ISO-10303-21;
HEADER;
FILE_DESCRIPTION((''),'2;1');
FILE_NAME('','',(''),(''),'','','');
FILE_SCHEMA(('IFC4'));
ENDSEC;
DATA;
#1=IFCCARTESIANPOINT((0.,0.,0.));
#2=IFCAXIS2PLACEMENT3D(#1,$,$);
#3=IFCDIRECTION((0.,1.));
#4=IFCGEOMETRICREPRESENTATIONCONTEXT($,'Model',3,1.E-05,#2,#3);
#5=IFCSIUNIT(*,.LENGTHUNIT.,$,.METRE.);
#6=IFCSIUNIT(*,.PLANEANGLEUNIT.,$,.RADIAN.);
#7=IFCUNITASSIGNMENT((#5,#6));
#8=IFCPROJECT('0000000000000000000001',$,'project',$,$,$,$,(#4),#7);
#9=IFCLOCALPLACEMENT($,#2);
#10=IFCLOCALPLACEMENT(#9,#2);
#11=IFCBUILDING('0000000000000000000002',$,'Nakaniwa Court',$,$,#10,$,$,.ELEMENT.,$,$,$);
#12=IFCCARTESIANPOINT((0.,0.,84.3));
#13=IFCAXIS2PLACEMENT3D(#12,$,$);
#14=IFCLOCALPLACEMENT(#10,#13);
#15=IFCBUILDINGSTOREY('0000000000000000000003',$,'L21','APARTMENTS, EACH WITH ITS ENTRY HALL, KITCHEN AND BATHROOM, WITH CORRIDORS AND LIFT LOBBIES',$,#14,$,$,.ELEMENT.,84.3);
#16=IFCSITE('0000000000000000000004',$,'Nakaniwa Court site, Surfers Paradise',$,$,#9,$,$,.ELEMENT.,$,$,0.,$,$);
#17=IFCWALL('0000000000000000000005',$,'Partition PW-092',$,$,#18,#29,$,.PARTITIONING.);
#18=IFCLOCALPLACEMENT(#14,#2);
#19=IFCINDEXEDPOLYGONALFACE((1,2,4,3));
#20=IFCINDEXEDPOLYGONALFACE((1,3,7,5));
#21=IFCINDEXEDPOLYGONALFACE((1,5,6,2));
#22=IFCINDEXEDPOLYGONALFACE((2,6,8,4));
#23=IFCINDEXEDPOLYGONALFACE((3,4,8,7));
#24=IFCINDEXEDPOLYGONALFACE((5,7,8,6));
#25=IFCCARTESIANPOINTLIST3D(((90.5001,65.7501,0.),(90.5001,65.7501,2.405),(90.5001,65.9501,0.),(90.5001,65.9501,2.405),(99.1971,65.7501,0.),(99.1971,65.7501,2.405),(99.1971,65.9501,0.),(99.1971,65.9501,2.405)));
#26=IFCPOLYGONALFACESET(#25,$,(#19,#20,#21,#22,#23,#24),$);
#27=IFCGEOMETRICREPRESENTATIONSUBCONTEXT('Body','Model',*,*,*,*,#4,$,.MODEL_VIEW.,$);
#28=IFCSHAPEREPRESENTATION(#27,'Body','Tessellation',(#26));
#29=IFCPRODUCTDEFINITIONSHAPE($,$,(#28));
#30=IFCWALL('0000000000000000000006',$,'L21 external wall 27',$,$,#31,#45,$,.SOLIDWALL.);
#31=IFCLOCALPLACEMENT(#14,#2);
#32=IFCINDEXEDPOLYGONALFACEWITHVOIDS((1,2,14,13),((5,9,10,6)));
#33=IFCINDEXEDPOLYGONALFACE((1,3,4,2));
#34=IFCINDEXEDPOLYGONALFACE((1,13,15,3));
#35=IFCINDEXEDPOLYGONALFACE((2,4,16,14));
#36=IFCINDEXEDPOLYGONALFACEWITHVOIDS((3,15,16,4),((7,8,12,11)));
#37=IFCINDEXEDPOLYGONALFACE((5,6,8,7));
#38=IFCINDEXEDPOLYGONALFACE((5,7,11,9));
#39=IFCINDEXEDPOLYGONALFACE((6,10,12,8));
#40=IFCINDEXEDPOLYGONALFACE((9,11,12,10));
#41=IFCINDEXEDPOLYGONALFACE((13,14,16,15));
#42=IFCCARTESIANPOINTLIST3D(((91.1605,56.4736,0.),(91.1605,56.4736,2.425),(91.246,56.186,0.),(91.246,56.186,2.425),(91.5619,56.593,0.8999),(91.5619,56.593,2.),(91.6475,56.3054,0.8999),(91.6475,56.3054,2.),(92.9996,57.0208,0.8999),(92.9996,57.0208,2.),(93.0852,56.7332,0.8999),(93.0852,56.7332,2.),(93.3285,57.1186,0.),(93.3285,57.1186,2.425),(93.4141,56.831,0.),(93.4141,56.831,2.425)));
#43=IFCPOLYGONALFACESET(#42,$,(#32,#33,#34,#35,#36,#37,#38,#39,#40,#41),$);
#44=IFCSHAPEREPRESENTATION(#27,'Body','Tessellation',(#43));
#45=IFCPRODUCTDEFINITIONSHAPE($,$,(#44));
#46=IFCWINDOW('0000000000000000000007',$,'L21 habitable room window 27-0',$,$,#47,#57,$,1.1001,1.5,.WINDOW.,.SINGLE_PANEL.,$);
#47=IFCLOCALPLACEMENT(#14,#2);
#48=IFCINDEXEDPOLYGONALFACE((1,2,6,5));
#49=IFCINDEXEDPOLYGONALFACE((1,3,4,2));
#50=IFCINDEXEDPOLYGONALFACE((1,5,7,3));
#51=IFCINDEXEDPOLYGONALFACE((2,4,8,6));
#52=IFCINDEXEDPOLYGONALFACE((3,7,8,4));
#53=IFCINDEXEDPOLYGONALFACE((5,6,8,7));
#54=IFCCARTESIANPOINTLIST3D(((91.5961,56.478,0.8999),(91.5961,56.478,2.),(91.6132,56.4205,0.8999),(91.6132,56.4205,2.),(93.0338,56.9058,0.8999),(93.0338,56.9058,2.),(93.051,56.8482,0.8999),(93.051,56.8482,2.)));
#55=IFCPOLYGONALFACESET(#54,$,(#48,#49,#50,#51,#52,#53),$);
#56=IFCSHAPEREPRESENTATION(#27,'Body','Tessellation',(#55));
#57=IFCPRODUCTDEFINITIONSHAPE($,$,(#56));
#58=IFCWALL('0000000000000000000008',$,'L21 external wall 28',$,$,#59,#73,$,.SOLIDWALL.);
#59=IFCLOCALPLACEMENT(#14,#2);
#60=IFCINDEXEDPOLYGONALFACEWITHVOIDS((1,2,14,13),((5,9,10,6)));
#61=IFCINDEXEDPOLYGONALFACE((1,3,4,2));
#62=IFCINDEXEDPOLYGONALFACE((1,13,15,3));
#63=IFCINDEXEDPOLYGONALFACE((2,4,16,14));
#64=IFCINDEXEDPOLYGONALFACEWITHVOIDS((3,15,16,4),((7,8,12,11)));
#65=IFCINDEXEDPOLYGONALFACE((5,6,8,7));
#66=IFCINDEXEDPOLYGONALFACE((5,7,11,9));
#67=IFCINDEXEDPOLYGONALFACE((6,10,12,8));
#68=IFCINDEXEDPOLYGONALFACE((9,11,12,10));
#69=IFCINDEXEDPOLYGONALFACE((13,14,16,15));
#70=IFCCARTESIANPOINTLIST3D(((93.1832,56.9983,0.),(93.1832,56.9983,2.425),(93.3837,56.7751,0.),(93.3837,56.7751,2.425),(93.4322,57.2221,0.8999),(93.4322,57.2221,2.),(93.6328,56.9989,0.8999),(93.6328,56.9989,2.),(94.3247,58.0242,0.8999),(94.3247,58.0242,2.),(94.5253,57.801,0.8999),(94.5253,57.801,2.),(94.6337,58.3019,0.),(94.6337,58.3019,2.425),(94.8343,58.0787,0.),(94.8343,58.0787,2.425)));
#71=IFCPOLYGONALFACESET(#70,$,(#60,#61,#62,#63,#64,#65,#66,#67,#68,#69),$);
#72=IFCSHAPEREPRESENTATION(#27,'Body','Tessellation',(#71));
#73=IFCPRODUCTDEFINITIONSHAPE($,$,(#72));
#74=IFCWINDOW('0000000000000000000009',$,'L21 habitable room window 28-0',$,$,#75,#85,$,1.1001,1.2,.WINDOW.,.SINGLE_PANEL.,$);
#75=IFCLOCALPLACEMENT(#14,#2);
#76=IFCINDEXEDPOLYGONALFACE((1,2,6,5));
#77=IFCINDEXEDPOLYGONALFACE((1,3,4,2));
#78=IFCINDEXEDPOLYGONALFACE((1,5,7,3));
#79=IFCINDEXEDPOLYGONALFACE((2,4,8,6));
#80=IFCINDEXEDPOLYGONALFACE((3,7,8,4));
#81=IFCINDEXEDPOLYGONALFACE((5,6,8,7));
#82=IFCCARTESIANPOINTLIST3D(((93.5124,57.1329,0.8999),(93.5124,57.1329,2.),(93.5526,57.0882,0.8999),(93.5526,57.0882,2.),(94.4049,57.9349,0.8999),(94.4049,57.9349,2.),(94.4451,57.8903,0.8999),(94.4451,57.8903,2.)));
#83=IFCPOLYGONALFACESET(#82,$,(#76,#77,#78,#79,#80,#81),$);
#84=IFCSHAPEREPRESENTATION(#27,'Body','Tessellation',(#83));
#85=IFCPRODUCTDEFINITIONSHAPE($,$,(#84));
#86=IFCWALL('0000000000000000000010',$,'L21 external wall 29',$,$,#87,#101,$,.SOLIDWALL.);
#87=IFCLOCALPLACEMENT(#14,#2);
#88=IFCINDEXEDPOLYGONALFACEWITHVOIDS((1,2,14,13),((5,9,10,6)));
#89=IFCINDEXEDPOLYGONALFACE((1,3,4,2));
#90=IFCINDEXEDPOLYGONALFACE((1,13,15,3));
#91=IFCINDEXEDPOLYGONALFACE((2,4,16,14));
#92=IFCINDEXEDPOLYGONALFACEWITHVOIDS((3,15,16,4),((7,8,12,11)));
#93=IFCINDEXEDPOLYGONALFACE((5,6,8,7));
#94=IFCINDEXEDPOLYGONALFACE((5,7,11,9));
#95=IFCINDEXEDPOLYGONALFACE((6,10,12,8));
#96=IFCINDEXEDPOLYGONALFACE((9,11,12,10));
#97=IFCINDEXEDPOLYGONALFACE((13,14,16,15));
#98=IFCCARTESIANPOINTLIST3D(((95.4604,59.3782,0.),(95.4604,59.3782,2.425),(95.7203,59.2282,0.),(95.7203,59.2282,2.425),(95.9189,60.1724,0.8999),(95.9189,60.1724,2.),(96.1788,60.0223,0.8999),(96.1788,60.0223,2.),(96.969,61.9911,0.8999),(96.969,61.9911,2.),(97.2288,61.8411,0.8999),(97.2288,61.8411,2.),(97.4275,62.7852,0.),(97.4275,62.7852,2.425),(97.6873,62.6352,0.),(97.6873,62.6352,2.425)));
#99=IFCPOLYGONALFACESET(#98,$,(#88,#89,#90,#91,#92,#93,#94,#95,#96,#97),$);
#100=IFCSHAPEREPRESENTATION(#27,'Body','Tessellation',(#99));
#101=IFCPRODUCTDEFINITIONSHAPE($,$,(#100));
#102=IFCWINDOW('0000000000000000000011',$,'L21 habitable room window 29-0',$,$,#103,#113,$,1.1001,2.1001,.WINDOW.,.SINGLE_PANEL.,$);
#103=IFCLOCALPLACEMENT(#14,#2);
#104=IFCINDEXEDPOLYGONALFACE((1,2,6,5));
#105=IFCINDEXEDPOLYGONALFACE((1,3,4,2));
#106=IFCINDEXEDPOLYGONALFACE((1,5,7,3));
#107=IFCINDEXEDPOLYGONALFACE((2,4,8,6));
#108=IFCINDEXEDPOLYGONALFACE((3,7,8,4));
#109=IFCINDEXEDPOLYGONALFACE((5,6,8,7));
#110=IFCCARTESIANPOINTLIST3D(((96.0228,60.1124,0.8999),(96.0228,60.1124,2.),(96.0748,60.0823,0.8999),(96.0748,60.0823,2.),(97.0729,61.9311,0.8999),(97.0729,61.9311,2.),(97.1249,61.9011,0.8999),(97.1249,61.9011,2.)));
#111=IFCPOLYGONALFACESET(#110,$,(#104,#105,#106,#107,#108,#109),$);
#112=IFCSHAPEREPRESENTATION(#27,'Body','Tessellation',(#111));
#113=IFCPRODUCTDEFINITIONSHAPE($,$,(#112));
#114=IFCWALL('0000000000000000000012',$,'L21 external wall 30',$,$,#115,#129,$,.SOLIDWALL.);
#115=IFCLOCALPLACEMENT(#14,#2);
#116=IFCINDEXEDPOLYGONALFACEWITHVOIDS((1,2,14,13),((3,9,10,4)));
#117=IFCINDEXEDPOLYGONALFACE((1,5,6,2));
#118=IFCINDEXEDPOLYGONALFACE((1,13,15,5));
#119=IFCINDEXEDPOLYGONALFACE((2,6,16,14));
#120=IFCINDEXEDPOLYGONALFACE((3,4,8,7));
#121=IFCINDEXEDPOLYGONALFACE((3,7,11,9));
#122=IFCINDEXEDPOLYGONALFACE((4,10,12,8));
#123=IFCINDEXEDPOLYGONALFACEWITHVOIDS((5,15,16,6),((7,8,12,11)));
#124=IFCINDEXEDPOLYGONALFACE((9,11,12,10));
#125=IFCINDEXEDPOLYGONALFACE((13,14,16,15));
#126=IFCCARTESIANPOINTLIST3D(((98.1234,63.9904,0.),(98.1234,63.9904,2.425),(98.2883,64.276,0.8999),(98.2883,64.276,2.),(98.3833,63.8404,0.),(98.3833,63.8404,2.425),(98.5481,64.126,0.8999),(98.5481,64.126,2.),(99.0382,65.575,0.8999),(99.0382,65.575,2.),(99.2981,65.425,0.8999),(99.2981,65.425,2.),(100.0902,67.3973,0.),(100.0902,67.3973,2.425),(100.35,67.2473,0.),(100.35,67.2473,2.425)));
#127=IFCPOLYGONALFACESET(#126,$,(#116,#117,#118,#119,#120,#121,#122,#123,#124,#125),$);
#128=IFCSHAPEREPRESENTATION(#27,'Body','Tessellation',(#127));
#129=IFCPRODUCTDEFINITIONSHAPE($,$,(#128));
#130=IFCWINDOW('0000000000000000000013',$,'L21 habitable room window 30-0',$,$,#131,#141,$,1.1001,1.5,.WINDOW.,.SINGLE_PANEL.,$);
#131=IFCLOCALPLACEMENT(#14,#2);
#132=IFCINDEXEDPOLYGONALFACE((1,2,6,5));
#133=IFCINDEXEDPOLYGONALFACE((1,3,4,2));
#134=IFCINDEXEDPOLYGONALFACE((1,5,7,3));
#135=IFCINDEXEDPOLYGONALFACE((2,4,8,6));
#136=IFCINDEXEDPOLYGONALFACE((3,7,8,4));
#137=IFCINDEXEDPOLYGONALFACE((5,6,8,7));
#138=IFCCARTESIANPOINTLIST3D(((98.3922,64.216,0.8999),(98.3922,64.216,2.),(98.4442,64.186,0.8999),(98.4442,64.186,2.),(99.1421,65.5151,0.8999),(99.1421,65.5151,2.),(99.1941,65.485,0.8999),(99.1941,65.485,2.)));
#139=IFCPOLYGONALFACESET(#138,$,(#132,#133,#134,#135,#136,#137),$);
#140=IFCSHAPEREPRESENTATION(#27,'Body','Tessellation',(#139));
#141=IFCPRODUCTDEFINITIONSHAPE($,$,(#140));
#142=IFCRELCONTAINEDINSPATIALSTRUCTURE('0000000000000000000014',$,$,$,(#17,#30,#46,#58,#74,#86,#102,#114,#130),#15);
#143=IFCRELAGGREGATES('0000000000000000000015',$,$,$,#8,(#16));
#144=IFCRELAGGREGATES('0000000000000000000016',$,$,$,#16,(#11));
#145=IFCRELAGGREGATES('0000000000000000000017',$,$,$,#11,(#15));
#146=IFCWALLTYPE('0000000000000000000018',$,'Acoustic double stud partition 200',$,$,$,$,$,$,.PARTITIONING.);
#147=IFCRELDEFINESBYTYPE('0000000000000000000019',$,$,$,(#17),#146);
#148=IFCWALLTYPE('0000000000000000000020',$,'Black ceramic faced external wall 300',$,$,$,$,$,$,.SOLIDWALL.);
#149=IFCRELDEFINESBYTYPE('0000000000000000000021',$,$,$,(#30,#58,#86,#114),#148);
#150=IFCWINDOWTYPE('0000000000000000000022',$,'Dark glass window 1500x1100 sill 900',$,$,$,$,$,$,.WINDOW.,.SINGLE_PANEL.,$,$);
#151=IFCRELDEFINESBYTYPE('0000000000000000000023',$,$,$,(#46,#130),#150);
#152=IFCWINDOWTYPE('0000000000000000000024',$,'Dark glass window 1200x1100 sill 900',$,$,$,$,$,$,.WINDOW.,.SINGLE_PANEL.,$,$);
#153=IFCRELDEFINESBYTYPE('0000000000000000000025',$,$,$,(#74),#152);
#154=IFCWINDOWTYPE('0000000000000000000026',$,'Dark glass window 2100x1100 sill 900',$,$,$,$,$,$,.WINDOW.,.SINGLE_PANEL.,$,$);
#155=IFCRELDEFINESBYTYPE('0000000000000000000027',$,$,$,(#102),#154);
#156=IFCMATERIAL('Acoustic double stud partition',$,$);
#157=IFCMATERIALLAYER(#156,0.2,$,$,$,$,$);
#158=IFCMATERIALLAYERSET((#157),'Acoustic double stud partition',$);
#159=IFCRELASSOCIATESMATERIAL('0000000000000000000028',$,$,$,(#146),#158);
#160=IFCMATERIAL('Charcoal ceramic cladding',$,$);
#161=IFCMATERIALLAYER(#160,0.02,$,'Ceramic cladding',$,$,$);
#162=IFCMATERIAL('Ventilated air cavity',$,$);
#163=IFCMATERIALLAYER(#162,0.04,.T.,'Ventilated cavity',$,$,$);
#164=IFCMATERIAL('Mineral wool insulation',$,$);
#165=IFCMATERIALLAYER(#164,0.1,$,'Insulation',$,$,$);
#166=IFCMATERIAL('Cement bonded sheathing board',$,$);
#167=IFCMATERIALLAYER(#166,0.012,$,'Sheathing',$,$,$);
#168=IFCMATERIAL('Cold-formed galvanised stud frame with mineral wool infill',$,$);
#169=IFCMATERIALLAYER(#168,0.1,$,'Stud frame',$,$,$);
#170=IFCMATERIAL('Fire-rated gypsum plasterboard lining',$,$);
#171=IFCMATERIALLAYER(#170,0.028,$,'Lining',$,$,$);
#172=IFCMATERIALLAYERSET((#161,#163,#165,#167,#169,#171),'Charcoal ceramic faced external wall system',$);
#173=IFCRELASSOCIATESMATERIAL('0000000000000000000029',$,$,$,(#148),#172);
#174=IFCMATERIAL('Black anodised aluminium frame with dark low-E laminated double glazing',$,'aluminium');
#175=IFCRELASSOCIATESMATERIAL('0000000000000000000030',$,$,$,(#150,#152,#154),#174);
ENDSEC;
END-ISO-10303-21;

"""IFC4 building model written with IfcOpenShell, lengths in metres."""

from ifc_helpers import new_model, si_unit, direction, frame, frame_2d, origin, place, context, subcontext, project, spatial, rectangle, extrude, material, layer, layer_set, type_object, element, fill, save


model = new_model("IFC4")

# Units and contexts
model_context = context("Model", 3, precision=1e-05, world=origin(), true_north=direction((0.0, 1.0)))
body_context = subcontext(model_context, "Body", "Model", "MODEL_VIEW")
ifc_project = project(units=[si_unit("LENGTHUNIT", "METRE"), si_unit("PLANEANGLEUNIT", "RADIAN")], contexts=[model_context])

# Site, building, storey
site_placement = place(None, origin())
site = spatial("IfcSite", under=ifc_project, at=site_placement, Name="Nakaniwa Court site, Surfers Paradise", CompositionType="ELEMENT", RefElevation=0.0)
building_placement = place(site_placement, origin())
building = spatial("IfcBuilding", under=site, at=building_placement, Name="Nakaniwa Court", CompositionType="ELEMENT")
storey_placement = place(building_placement, frame((0.0, 0.0, 84.3)))
storey = spatial("IfcBuildingStorey", under=building, at=storey_placement, Name="L21", Description="APARTMENTS, EACH WITH ITS ENTRY HALL, KITCHEN AND BATHROOM, WITH CORRIDORS AND LIFT LOBBIES", CompositionType="ELEMENT", Elevation=84.3)

# Wall
ifc_material_1 = material(Name="Acoustic double stud partition")
ifc_layer_1 = layer(ifc_material_1, 0.2)
ifc_layer_set_1 = layer_set([ifc_layer_1], Name="Acoustic double stud partition")
wall_type_1 = type_object("IfcWallType", Name="Acoustic double stud partition 200", PredefinedType="PARTITIONING", material=ifc_layer_set_1)
wall_1_placement = place(storey_placement, frame((90.5, 65.8501, 0.0), z_axis=(0.0, 0.0, 1.0), x_axis=(1.0, 0.0, 0.0)))
element("IfcWall", 1, at=wall_1_placement, inside=storey, type_object=wall_type_1, Name="Partition PW-092", PredefinedType="PARTITIONING", context=body_context, shape_type="SweptSolid", body=[
    extrude(rectangle(XDim=8.697, YDim=0.2, at=frame_2d((4.3486, 0.0))), origin(), (0.0, 0.0, 1.0), 2.405),
])

# Walls, openings, windows
ifc_material_2 = material(Name="Charcoal ceramic cladding")
ifc_layer_2 = layer(ifc_material_2, 0.02, Name="Ceramic cladding")
ifc_material_3 = material(Name="Ventilated air cavity")
ifc_layer_3 = layer(ifc_material_3, 0.04, ventilated=True, Name="Ventilated cavity")
ifc_material_4 = material(Name="Mineral wool insulation")
ifc_layer_4 = layer(ifc_material_4, 0.1, Name="Insulation")
ifc_material_5 = material(Name="Cement bonded sheathing board")
ifc_layer_5 = layer(ifc_material_5, 0.012, Name="Sheathing")
ifc_material_6 = material(Name="Cold-formed galvanised stud frame with mineral wool infill")
ifc_layer_6 = layer(ifc_material_6, 0.1, Name="Stud frame")
ifc_material_7 = material(Name="Fire-rated gypsum plasterboard lining")
ifc_layer_7 = layer(ifc_material_7, 0.028, Name="Lining")
ifc_layer_set_2 = layer_set([ifc_layer_2, ifc_layer_3, ifc_layer_4, ifc_layer_5, ifc_layer_6, ifc_layer_7], Name="Charcoal ceramic faced external wall system")
wall_type_2 = type_object("IfcWallType", Name="Black ceramic faced external wall 300", PredefinedType="SOLIDWALL", material=ifc_layer_set_2)
wall_2_placement = place(storey_placement, frame((91.2034, 56.3298, 0.0), z_axis=(0.0, 0.0, 1.0), x_axis=(0.958477, 0.285169, 0.0)))
wall_2 = element("IfcWall", 2, at=wall_2_placement, inside=storey, type_object=wall_type_2, Name="L21 external wall 27", PredefinedType="SOLIDWALL", context=body_context, shape_type="SweptSolid", body=[
    extrude(rectangle(XDim=2.262, YDim=0.3, at=frame_2d((1.1309, 0.0))), origin(), (0.0, 0.0, 1.0), 2.425),
])
opening_1_placement = place(wall_2_placement, frame((0.4187, 0.0, 0.8999)))
opening_1 = element("IfcOpeningElement", 3, at=opening_1_placement, cuts=wall_2, PredefinedType="OPENING", context=body_context, shape_type="SweptSolid", body=[
    extrude(rectangle(XDim=1.5, YDim=1.1001, at=frame_2d((0.75, 0.55))), frame((0.0, 0.1599, 0.0), z_axis=(0.0, -1.0, 0.0), x_axis=(1.0, 0.0, 0.0)), (0.0, 0.0, 1.0), 0.3201),
])
ifc_material_8 = material(Name="Black anodised aluminium frame with dark low-E laminated double glazing", Category="aluminium")
window_type_1 = type_object("IfcWindowType", Name="Dark glass window 1500x1100 sill 900", PartitioningType="SINGLE_PANEL", PredefinedType="WINDOW", material=ifc_material_8)
window_1_placement = place(opening_1_placement, origin())
window_1 = element("IfcWindow", 4, at=window_1_placement, inside=storey, type_object=window_type_1, Name="L21 habitable room window 27-0", OverallHeight=1.1001, OverallWidth=1.5, PartitioningType="SINGLE_PANEL", PredefinedType="WINDOW", context=body_context, shape_type="SweptSolid", body=[
    extrude(rectangle(XDim=1.5, YDim=1.1001, at=frame_2d((0.75, 0.55))), frame((0.0, 0.03, 0.0), z_axis=(0.0, -1.0, 0.0), x_axis=(1.0, 0.0, 0.0)), (0.0, 0.0, 1.0), 0.0601),
])
fill(opening_1, window_1)
wall_3_placement = place(storey_placement, frame((93.2834, 56.8867, 0.0), z_axis=(0.0, 0.0, 1.0), x_axis=(0.743786, 0.668418, 0.0)))
wall_3 = element("IfcWall", 5, at=wall_3_placement, inside=storey, type_object=wall_type_2, Name="L21 external wall 28", PredefinedType="SOLIDWALL", context=body_context, shape_type="SweptSolid", body=[
    extrude(rectangle(XDim=1.9502, YDim=0.3, at=frame_2d((0.9751, 0.0))), origin(), (0.0, 0.0, 1.0), 2.425),
])
opening_2_placement = place(wall_3_placement, frame((0.3347, 0.0, 0.8999)))
opening_2 = element("IfcOpeningElement", 6, at=opening_2_placement, cuts=wall_3, PredefinedType="OPENING", context=body_context, shape_type="SweptSolid", body=[
    extrude(rectangle(XDim=1.2, YDim=1.1001, at=frame_2d((0.6001, 0.55))), frame((0.0, 0.1599, 0.0), z_axis=(0.0, -1.0, 0.0), x_axis=(1.0, 0.0, 0.0)), (0.0, 0.0, 1.0), 0.3201),
])
window_type_2 = type_object("IfcWindowType", Name="Dark glass window 1200x1100 sill 900", PartitioningType="SINGLE_PANEL", PredefinedType="WINDOW", material=ifc_material_8)
window_2_placement = place(opening_2_placement, origin())
window_2 = element("IfcWindow", 7, at=window_2_placement, inside=storey, type_object=window_type_2, Name="L21 habitable room window 28-0", OverallHeight=1.1001, OverallWidth=1.2, PartitioningType="SINGLE_PANEL", PredefinedType="WINDOW", context=body_context, shape_type="SweptSolid", body=[
    extrude(rectangle(XDim=1.2, YDim=1.1001, at=frame_2d((0.6001, 0.55))), frame((0.0, 0.03, 0.0), z_axis=(0.0, -1.0, 0.0), x_axis=(1.0, 0.0, 0.0)), (0.0, 0.0, 1.0), 0.0601),
])
fill(opening_2, window_2)
wall_4_placement = place(storey_placement, frame((95.5903, 59.3032, 0.0), z_axis=(0.0, 0.0, 1.0), x_axis=(0.500004, 0.866023, 0.0)))
wall_4 = element("IfcWall", 8, at=wall_4_placement, inside=storey, type_object=wall_type_2, Name="L21 external wall 29", PredefinedType="SOLIDWALL", context=body_context, shape_type="SweptSolid", body=[
    extrude(rectangle(XDim=3.9341, YDim=0.3, at=frame_2d((1.967, 0.0))), origin(), (0.0, 0.0, 1.0), 2.425),
])
opening_3_placement = place(wall_4_placement, frame((0.917, 0.0, 0.8999)))
opening_3 = element("IfcOpeningElement", 9, at=opening_3_placement, cuts=wall_4, PredefinedType="OPENING", context=body_context, shape_type="SweptSolid", body=[
    extrude(rectangle(XDim=2.1001, YDim=1.1001, at=frame_2d((1.05, 0.55))), frame((0.0, 0.1599, 0.0), z_axis=(0.0, -1.0, 0.0), x_axis=(1.0, 0.0, 0.0)), (0.0, 0.0, 1.0), 0.3201),
])
window_type_3 = type_object("IfcWindowType", Name="Dark glass window 2100x1100 sill 900", PartitioningType="SINGLE_PANEL", PredefinedType="WINDOW", material=ifc_material_8)
window_3_placement = place(opening_3_placement, origin())
window_3 = element("IfcWindow", 10, at=window_3_placement, inside=storey, type_object=window_type_3, Name="L21 habitable room window 29-0", OverallHeight=1.1001, OverallWidth=2.1001, PartitioningType="SINGLE_PANEL", PredefinedType="WINDOW", context=body_context, shape_type="SweptSolid", body=[
    extrude(rectangle(XDim=2.1001, YDim=1.1001, at=frame_2d((1.05, 0.55))), frame((0.0, 0.03, 0.0), z_axis=(0.0, -1.0, 0.0), x_axis=(1.0, 0.0, 0.0)), (0.0, 0.0, 1.0), 0.0601),
])
fill(opening_3, window_3)
wall_5_placement = place(storey_placement, frame((98.2534, 63.9155, 0.0), z_axis=(0.0, 0.0, 1.0), x_axis=(0.499957, 0.86605, 0.0)))
wall_5 = element("IfcWall", 11, at=wall_5_placement, inside=storey, type_object=wall_type_2, Name="L21 external wall 30", PredefinedType="SOLIDWALL", context=body_context, shape_type="SweptSolid", body=[
    extrude(rectangle(XDim=3.9338, YDim=0.3, at=frame_2d((1.9668, 0.0))), origin(), (0.0, 0.0, 1.0), 2.425),
])
opening_4_placement = place(wall_5_placement, frame((0.3296, 0.0, 0.8999)))
opening_4 = element("IfcOpeningElement", 12, at=opening_4_placement, cuts=wall_5, PredefinedType="OPENING", context=body_context, shape_type="SweptSolid", body=[
    extrude(rectangle(XDim=1.5, YDim=1.1001, at=frame_2d((0.75, 0.55))), frame((0.0, 0.1599, 0.0), z_axis=(0.0, -1.0, 0.0), x_axis=(1.0, 0.0, 0.0)), (0.0, 0.0, 1.0), 0.3201),
])
window_4_placement = place(opening_4_placement, origin())
window_4 = element("IfcWindow", 13, at=window_4_placement, inside=storey, type_object=window_type_1, Name="L21 habitable room window 30-0", OverallHeight=1.1001, OverallWidth=1.5, PartitioningType="SINGLE_PANEL", PredefinedType="WINDOW", context=body_context, shape_type="SweptSolid", body=[
    extrude(rectangle(XDim=1.5, YDim=1.1001, at=frame_2d((0.75, 0.55))), frame((0.0, 0.03, 0.0), z_axis=(0.0, -1.0, 0.0), x_axis=(1.0, 0.0, 0.0)), (0.0, 0.0, 1.0), 0.0601),
])
fill(opening_4, window_4)

save(model, "model.ifc")
